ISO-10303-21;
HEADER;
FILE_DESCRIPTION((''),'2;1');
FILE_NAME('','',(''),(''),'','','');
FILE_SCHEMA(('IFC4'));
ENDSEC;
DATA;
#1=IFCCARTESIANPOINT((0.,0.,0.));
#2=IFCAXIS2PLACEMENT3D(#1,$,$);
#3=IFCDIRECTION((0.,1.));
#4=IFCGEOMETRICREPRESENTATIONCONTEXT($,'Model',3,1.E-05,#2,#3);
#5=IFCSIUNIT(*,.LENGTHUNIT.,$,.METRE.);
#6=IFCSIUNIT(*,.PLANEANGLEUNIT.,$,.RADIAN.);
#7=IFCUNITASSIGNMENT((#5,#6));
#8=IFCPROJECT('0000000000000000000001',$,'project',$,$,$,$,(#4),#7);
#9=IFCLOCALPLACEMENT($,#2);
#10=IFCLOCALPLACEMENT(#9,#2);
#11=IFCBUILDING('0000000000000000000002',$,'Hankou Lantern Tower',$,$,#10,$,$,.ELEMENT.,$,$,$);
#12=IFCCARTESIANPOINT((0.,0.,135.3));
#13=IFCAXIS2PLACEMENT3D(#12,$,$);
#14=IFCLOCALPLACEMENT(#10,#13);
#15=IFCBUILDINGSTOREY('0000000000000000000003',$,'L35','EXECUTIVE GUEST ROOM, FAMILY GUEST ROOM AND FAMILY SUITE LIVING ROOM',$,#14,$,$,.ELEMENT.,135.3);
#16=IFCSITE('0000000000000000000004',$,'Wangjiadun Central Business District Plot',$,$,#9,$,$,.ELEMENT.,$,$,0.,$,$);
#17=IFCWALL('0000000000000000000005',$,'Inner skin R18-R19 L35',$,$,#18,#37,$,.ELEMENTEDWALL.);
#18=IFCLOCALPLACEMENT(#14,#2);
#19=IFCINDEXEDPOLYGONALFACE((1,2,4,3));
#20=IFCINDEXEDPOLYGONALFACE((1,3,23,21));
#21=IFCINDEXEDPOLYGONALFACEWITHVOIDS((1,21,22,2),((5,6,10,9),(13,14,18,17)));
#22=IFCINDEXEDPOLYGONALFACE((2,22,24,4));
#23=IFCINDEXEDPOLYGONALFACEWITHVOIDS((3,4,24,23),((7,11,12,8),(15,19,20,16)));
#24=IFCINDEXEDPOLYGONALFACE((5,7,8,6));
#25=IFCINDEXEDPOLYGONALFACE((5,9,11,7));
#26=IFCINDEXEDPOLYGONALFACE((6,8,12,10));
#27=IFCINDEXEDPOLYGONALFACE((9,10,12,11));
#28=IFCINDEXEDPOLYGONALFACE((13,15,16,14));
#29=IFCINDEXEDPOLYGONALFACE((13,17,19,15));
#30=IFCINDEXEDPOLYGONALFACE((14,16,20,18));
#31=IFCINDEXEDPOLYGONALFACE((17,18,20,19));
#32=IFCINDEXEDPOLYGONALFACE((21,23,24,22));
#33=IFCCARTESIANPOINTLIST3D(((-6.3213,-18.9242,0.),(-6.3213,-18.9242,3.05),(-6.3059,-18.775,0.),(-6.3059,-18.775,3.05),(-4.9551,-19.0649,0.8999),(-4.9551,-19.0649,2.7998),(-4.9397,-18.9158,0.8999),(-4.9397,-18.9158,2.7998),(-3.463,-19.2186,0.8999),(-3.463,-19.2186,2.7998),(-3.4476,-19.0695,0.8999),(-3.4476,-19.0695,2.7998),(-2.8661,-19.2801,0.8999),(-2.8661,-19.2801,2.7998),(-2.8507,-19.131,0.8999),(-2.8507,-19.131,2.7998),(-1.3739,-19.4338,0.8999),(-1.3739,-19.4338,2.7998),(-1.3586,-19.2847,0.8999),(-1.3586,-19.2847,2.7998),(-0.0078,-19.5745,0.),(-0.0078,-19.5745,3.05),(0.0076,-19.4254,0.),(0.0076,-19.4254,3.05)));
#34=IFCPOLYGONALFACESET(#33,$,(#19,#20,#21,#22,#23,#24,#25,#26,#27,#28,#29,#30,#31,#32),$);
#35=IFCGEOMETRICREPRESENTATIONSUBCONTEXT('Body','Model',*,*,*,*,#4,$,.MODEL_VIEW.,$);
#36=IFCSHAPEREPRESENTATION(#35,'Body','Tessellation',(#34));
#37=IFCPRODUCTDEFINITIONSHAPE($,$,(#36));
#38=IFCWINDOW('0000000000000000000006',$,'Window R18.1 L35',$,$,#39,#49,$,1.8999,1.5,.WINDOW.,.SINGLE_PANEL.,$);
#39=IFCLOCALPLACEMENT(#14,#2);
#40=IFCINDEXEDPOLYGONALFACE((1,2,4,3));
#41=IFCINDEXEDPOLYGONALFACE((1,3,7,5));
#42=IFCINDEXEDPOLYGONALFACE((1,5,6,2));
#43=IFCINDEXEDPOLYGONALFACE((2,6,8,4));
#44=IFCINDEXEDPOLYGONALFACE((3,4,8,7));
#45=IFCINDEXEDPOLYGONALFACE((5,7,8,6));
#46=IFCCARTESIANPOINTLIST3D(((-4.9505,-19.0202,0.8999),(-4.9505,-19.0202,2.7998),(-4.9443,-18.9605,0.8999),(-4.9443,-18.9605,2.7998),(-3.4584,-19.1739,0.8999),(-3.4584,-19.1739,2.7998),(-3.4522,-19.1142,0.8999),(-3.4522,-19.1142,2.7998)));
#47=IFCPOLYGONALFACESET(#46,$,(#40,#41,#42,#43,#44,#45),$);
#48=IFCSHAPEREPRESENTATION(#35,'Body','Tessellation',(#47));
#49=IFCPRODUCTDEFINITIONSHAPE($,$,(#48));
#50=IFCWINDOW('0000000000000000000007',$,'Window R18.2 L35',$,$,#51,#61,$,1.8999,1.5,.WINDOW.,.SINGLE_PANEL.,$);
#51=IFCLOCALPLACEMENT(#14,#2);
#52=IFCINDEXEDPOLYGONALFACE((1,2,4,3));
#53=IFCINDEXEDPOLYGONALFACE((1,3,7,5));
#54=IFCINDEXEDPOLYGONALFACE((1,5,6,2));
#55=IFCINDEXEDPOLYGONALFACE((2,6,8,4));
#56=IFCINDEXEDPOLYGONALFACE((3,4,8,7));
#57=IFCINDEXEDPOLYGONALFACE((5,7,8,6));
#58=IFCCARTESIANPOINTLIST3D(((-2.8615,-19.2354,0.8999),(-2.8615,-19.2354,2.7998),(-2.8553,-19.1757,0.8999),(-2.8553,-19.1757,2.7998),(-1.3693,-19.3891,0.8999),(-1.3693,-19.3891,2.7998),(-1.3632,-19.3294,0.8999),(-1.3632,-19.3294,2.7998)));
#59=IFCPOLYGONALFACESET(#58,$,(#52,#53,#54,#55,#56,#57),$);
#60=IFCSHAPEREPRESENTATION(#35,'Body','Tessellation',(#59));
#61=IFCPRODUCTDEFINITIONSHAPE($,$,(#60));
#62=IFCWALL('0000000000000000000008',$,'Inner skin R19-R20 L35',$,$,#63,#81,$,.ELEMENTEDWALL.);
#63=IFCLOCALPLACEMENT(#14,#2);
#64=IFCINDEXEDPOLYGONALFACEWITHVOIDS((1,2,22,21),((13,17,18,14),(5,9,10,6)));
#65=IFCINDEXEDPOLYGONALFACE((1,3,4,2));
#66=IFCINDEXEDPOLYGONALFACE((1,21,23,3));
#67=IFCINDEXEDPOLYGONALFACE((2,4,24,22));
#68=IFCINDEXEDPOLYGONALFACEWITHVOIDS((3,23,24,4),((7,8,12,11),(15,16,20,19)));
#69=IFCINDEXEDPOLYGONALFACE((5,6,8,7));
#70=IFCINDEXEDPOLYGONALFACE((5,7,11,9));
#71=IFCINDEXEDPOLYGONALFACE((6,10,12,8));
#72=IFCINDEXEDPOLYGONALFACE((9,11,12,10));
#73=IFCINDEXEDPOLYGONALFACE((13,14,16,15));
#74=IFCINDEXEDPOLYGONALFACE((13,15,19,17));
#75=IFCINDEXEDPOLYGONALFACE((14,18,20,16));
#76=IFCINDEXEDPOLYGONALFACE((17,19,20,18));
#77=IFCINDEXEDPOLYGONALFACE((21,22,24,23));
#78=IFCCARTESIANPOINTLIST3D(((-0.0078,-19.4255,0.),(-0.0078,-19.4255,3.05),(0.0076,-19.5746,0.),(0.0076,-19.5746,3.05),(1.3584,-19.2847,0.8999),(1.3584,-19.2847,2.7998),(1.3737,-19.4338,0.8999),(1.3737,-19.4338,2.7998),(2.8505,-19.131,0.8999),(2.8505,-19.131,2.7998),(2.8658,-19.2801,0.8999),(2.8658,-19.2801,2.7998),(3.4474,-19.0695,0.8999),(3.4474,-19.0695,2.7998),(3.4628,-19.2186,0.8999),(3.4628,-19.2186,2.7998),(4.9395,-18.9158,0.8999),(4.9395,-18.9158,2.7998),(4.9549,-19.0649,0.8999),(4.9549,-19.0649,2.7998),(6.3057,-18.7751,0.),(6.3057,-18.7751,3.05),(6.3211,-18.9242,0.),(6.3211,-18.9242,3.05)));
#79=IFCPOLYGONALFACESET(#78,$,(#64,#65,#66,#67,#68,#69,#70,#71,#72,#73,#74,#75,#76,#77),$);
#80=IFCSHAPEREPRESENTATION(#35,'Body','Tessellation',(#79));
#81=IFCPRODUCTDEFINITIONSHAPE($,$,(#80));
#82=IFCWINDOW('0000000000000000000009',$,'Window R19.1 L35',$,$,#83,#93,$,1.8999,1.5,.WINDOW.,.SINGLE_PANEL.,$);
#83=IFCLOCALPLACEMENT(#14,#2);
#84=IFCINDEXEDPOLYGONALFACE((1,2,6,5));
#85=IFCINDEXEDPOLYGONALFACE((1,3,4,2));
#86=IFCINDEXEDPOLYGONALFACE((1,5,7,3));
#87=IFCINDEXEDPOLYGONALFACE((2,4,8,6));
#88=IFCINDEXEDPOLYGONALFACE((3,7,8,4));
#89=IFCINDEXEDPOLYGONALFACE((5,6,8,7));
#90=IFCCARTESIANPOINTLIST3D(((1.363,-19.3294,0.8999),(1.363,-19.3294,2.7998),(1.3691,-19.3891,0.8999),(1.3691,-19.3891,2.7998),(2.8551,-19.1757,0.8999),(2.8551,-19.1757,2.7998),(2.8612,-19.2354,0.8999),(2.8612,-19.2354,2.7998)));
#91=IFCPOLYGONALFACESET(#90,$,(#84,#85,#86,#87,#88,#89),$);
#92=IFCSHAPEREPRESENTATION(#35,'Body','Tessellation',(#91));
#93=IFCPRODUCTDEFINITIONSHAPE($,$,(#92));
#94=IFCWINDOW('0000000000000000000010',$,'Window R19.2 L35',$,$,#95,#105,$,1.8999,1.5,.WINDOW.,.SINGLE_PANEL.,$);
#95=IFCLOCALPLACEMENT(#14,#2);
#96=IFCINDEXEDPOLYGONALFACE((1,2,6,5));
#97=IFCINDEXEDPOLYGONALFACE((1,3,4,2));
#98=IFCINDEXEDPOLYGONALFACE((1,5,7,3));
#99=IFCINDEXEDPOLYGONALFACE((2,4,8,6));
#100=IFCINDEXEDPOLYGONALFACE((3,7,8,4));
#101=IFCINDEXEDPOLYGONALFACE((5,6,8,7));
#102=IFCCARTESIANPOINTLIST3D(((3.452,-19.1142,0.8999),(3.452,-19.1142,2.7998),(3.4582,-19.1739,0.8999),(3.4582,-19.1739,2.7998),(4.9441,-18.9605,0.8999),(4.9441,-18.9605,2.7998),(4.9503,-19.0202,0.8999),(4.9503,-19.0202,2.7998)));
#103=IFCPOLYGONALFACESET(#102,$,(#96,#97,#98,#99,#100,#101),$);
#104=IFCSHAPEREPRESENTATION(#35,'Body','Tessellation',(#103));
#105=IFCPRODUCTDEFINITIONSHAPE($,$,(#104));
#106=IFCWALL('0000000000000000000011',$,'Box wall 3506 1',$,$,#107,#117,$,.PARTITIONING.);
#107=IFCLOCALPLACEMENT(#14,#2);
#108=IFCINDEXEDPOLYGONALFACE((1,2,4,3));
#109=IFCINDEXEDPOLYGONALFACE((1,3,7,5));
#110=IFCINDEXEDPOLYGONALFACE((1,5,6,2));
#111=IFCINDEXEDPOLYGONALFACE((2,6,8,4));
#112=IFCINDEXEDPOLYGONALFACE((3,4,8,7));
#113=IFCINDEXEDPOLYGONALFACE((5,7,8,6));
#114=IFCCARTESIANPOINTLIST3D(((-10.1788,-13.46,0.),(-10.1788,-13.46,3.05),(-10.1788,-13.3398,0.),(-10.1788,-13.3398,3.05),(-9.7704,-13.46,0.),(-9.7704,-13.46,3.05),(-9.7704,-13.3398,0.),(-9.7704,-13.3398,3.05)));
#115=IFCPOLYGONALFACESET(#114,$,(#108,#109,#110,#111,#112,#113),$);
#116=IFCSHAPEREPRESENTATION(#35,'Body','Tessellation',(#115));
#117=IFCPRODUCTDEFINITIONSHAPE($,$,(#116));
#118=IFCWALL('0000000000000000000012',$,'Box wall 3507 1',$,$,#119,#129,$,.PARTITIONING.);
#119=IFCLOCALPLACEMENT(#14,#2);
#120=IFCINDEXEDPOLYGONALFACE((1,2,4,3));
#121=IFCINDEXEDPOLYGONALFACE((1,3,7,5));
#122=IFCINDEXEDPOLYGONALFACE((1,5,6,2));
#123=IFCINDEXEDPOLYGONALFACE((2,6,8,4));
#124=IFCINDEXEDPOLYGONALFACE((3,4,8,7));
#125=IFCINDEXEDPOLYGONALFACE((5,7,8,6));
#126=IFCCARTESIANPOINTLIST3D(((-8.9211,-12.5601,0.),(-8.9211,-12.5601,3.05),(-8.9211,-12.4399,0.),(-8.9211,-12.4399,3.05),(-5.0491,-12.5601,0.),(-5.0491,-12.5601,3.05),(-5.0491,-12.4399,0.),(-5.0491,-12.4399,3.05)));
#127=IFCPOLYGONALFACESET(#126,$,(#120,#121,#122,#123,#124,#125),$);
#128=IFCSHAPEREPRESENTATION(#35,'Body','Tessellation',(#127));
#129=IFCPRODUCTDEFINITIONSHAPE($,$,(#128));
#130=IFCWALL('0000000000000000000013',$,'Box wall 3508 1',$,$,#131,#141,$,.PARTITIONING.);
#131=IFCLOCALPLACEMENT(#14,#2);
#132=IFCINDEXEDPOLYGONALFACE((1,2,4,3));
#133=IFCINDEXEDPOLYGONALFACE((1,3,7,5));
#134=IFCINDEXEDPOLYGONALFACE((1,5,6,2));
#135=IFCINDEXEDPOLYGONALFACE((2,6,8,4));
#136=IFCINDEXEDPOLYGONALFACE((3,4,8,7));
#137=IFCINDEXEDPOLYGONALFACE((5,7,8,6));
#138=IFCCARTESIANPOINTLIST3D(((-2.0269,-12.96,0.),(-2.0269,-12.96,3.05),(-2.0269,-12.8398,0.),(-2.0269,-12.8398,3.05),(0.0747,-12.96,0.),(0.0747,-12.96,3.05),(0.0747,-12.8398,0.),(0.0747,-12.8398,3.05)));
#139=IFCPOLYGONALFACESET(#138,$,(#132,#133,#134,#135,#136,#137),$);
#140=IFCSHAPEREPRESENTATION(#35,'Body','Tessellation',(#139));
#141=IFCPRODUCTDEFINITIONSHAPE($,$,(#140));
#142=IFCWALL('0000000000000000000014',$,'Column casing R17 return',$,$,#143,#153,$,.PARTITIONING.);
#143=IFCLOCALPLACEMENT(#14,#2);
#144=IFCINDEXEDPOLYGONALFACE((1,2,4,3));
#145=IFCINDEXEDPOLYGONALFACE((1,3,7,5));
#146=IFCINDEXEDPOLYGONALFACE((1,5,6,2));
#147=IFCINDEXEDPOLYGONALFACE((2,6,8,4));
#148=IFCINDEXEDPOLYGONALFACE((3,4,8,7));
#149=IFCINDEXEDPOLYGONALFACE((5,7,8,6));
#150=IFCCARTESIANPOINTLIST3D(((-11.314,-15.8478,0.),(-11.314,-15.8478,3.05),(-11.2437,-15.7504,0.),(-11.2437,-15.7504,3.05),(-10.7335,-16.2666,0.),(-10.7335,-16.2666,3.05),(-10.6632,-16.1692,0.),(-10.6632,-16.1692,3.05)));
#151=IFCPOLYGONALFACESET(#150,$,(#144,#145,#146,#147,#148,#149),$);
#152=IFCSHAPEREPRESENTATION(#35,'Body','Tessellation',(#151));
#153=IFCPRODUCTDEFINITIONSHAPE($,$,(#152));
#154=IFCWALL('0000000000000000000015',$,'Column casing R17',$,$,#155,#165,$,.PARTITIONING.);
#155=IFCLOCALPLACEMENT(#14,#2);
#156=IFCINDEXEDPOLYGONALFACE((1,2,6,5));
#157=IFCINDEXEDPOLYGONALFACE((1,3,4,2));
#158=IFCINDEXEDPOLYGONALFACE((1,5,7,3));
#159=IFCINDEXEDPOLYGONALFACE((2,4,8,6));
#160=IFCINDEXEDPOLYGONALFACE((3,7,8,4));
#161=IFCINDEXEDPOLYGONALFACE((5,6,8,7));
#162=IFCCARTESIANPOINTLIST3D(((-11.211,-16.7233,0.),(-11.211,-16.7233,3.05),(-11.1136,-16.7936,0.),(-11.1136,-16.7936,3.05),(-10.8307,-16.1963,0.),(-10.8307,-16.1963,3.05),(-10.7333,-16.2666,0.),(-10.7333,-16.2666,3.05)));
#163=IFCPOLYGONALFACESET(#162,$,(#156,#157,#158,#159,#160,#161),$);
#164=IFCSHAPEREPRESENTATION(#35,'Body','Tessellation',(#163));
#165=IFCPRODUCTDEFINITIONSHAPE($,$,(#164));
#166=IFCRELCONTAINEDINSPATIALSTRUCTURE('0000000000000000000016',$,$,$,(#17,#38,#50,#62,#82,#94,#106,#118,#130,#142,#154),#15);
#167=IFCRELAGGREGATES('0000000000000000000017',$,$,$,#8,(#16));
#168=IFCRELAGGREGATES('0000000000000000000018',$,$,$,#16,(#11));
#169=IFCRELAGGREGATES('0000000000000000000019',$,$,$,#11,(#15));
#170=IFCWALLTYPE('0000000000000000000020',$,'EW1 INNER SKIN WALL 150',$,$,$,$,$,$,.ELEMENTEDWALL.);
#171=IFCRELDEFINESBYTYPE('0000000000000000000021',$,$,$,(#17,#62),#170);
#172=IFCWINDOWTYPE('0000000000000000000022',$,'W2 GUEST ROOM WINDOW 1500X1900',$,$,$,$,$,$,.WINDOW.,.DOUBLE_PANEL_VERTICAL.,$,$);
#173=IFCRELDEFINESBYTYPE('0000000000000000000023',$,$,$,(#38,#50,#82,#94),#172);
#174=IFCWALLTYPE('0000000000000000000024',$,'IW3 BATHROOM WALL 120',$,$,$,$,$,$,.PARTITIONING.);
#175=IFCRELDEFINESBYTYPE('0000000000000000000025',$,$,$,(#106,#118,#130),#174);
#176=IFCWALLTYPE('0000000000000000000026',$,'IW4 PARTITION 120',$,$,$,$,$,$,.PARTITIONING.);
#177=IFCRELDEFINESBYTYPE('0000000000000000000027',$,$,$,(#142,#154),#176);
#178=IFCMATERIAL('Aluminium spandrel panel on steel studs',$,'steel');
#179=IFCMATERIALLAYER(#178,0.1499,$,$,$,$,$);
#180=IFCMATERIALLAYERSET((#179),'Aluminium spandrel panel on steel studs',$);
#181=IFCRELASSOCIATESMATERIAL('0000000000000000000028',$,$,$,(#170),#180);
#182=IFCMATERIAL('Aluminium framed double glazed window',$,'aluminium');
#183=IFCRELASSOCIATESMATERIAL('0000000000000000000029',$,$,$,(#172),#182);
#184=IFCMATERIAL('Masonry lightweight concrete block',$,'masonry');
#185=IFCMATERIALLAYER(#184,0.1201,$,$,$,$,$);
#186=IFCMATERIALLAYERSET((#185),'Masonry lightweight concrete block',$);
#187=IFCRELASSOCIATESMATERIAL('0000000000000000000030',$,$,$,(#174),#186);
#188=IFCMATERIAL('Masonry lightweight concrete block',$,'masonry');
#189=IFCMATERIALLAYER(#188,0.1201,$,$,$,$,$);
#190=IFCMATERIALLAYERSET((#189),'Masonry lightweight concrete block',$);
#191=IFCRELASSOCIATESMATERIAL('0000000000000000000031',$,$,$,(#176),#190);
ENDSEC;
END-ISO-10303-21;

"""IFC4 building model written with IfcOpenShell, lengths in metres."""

from ifc_helpers import new_model, si_unit, direction, frame, frame_2d, origin, place, context, subcontext, project, spatial, rectangle, extrude, material, layer, layer_set, type_object, element, fill, save


model = new_model("IFC4")

# Units and contexts
model_context = context("Model", 3, precision=1e-05, world=origin(), true_north=direction((0.0, 1.0)))
body_context = subcontext(model_context, "Body", "Model", "MODEL_VIEW")
ifc_project = project(units=[si_unit("LENGTHUNIT", "METRE"), si_unit("PLANEANGLEUNIT", "RADIAN")], contexts=[model_context])

# Site, building, storey
site_placement = place(None, origin())
site = spatial("IfcSite", under=ifc_project, at=site_placement, Name="Wangjiadun Central Business District Plot", CompositionType="ELEMENT", RefElevation=0.0)
building_placement = place(site_placement, origin())
building = spatial("IfcBuilding", under=site, at=building_placement, Name="Hankou Lantern Tower", CompositionType="ELEMENT")
storey_placement = place(building_placement, frame((0.0, 0.0, 135.3)))
storey = spatial("IfcBuildingStorey", under=building, at=storey_placement, Name="L35", Description="EXECUTIVE GUEST ROOM, FAMILY GUEST ROOM AND FAMILY SUITE LIVING ROOM", CompositionType="ELEMENT", Elevation=135.3)

# Walls, openings, windows
ifc_material_1 = material(Name="Aluminium spandrel panel on steel studs", Category="steel")
ifc_layer_1 = layer(ifc_material_1, 0.1499)
ifc_layer_set_1 = layer_set([ifc_layer_1], Name="Aluminium spandrel panel on steel studs")
wall_type_1 = type_object("IfcWallType", Name="EW1 INNER SKIN WALL 150", PredefinedType="ELEMENTEDWALL", material=ifc_layer_set_1)
wall_1_placement = place(storey_placement, frame((-6.3135, -18.8496, 0.0), z_axis=(0.0, 0.0, 1.0), x_axis=(0.994736, -0.102474, 0.0)))
wall_1 = element("IfcWall", 1, at=wall_1_placement, inside=storey, type_object=wall_type_1, Name="Inner skin R18-R19 L35", PredefinedType="ELEMENTEDWALL", context=body_context, shape_type="SweptSolid", body=[
    extrude(rectangle(XDim=6.3469, YDim=0.1499, at=frame_2d((3.1733, 0.0))), origin(), (0.0, 0.0, 1.0), 3.05),
])
opening_1_placement = place(wall_1_placement, frame((1.3733, 0.0, 0.8999)))
opening_1 = element("IfcOpeningElement", 2, at=opening_1_placement, cuts=wall_1, PredefinedType="OPENING", context=body_context, shape_type="SweptSolid", body=[
    extrude(rectangle(XDim=1.5, YDim=1.8999, at=frame_2d((0.75, 0.95))), frame((0.0, 0.085, 0.0), z_axis=(0.0, -1.0, 0.0), x_axis=(1.0, 0.0, 0.0)), (0.0, 0.0, 1.0), 0.1699),
])
opening_2_placement = place(wall_1_placement, frame((3.4734, 0.0, 0.8999)))
opening_2 = element("IfcOpeningElement", 3, at=opening_2_placement, cuts=wall_1, PredefinedType="OPENING", context=body_context, shape_type="SweptSolid", body=[
    extrude(rectangle(XDim=1.5, YDim=1.8999, at=frame_2d((0.75, 0.95))), frame((0.0, 0.085, 0.0), z_axis=(0.0, -1.0, 0.0), x_axis=(1.0, 0.0, 0.0)), (0.0, 0.0, 1.0), 0.1699),
])
ifc_material_2 = material(Name="Aluminium framed double glazed window", Category="aluminium")
window_type = type_object("IfcWindowType", Name="W2 GUEST ROOM WINDOW 1500X1900", PartitioningType="DOUBLE_PANEL_VERTICAL", PredefinedType="WINDOW", material=ifc_material_2)
window_1_placement = place(opening_1_placement, origin())
window_1 = element("IfcWindow", 4, at=window_1_placement, inside=storey, type_object=window_type, Name="Window R18.1 L35", OverallHeight=1.8999, OverallWidth=1.5, PartitioningType="SINGLE_PANEL", PredefinedType="WINDOW", context=body_context, shape_type="SweptSolid", body=[
    extrude(rectangle(XDim=1.5, YDim=1.8999, at=frame_2d((0.75, 0.95))), frame((0.0, 0.03, 0.0), z_axis=(0.0, -1.0, 0.0), x_axis=(1.0, 0.0, 0.0)), (0.0, 0.0, 1.0), 0.0601),
])
fill(opening_1, window_1)
window_2_placement = place(opening_2_placement, origin())
window_2 = element("IfcWindow", 5, at=window_2_placement, inside=storey, type_object=window_type, Name="Window R18.2 L35", OverallHeight=1.8999, OverallWidth=1.5, PartitioningType="SINGLE_PANEL", PredefinedType="WINDOW", context=body_context, shape_type="SweptSolid", body=[
    extrude(rectangle(XDim=1.5, YDim=1.8999, at=frame_2d((0.75, 0.95))), frame((0.0, 0.03, 0.0), z_axis=(0.0, -1.0, 0.0), x_axis=(1.0, 0.0, 0.0)), (0.0, 0.0, 1.0), 0.0601),
])
fill(opening_2, window_2)
wall_2_placement = place(storey_placement, frame((0.0, -19.5, 0.0), z_axis=(0.0, 0.0, 1.0), x_axis=(0.994736, 0.102474, 0.0)))
wall_2 = element("IfcWall", 6, at=wall_2_placement, inside=storey, type_object=wall_type_1, Name="Inner skin R19-R20 L35", PredefinedType="ELEMENTEDWALL", context=body_context, shape_type="SweptSolid", body=[
    extrude(rectangle(XDim=6.3469, YDim=0.1499, at=frame_2d((3.1733, 0.0))), origin(), (0.0, 0.0, 1.0), 3.05),
])
opening_3_placement = place(wall_2_placement, frame((1.3733, 0.0, 0.8999)))
opening_3 = element("IfcOpeningElement", 7, at=opening_3_placement, cuts=wall_2, PredefinedType="OPENING", context=body_context, shape_type="SweptSolid", body=[
    extrude(rectangle(XDim=1.5, YDim=1.8999, at=frame_2d((0.75, 0.95))), frame((0.0, 0.085, 0.0), z_axis=(0.0, -1.0, 0.0), x_axis=(1.0, 0.0, 0.0)), (0.0, 0.0, 1.0), 0.1699),
])
opening_4_placement = place(wall_2_placement, frame((3.4734, 0.0, 0.8999)))
opening_4 = element("IfcOpeningElement", 8, at=opening_4_placement, cuts=wall_2, PredefinedType="OPENING", context=body_context, shape_type="SweptSolid", body=[
    extrude(rectangle(XDim=1.5, YDim=1.8999, at=frame_2d((0.75, 0.95))), frame((0.0, 0.085, 0.0), z_axis=(0.0, -1.0, 0.0), x_axis=(1.0, 0.0, 0.0)), (0.0, 0.0, 1.0), 0.1699),
])
window_3_placement = place(opening_3_placement, origin())
window_3 = element("IfcWindow", 9, at=window_3_placement, inside=storey, type_object=window_type, Name="Window R19.1 L35", OverallHeight=1.8999, OverallWidth=1.5, PartitioningType="SINGLE_PANEL", PredefinedType="WINDOW", context=body_context, shape_type="SweptSolid", body=[
    extrude(rectangle(XDim=1.5, YDim=1.8999, at=frame_2d((0.75, 0.95))), frame((0.0, 0.03, 0.0), z_axis=(0.0, -1.0, 0.0), x_axis=(1.0, 0.0, 0.0)), (0.0, 0.0, 1.0), 0.0601),
])
fill(opening_3, window_3)
window_4_placement = place(opening_4_placement, origin())
window_4 = element("IfcWindow", 10, at=window_4_placement, inside=storey, type_object=window_type, Name="Window R19.2 L35", OverallHeight=1.8999, OverallWidth=1.5, PartitioningType="SINGLE_PANEL", PredefinedType="WINDOW", context=body_context, shape_type="SweptSolid", body=[
    extrude(rectangle(XDim=1.5, YDim=1.8999, at=frame_2d((0.75, 0.95))), frame((0.0, 0.03, 0.0), z_axis=(0.0, -1.0, 0.0), x_axis=(1.0, 0.0, 0.0)), (0.0, 0.0, 1.0), 0.0601),
])
fill(opening_4, window_4)

# Walls
ifc_material_3 = material(Name="Masonry lightweight concrete block", Category="masonry")
ifc_layer_2 = layer(ifc_material_3, 0.1201)
ifc_layer_set_2 = layer_set([ifc_layer_2], Name="Masonry lightweight concrete block")
wall_type_2 = type_object("IfcWallType", Name="IW3 BATHROOM WALL 120", PredefinedType="PARTITIONING", material=ifc_layer_set_2)
wall_3_placement = place(storey_placement, frame((-9.7705, -13.3999, 0.0), z_axis=(0.0, 0.0, 1.0), x_axis=(-1.0, 0.0, 0.0)))
element("IfcWall", 11, at=wall_3_placement, inside=storey, type_object=wall_type_2, Name="Box wall 3506 1", PredefinedType="PARTITIONING", context=body_context, shape_type="SweptSolid", body=[
    extrude(rectangle(XDim=0.4084, YDim=0.1201, at=frame_2d((0.2041, 0.0))), origin(), (0.0, 0.0, 1.0), 3.05),
])
wall_4_placement = place(storey_placement, frame((-8.9211, -12.5, 0.0), z_axis=(0.0, 0.0, 1.0), x_axis=(1.0, 0.0, 0.0)))
element("IfcWall", 12, at=wall_4_placement, inside=storey, type_object=wall_type_2, Name="Box wall 3507 1", PredefinedType="PARTITIONING", context=body_context, shape_type="SweptSolid", body=[
    extrude(rectangle(XDim=3.8721, YDim=0.1201, at=frame_2d((1.936, 0.0))), origin(), (0.0, 0.0, 1.0), 3.05),
])
wall_5_placement = place(storey_placement, frame((-2.0269, -12.8999, 0.0), z_axis=(0.0, 0.0, 1.0), x_axis=(1.0, 0.0, 0.0)))
element("IfcWall", 13, at=wall_5_placement, inside=storey, type_object=wall_type_2, Name="Box wall 3508 1", PredefinedType="PARTITIONING", context=body_context, shape_type="SweptSolid", body=[
    extrude(rectangle(XDim=2.1016, YDim=0.1201, at=frame_2d((1.0508, 0.0))), origin(), (0.0, 0.0, 1.0), 3.05),
])
ifc_material_4 = material(Name="Masonry lightweight concrete block", Category="masonry")
ifc_layer_3 = layer(ifc_material_4, 0.1201)
ifc_layer_set_3 = layer_set([ifc_layer_3], Name="Masonry lightweight concrete block")
wall_type_3 = type_object("IfcWallType", Name="IW4 PARTITION 120", PredefinedType="PARTITIONING", material=ifc_layer_set_3)
wall_6_placement = place(storey_placement, frame((-11.2788, -15.7991, 0.0), z_axis=(0.0, 0.0, 1.0), x_axis=(0.810913, -0.585167, 0.0)))
element("IfcWall", 14, at=wall_6_placement, inside=storey, type_object=wall_type_3, Name="Column casing R17 return", PredefinedType="PARTITIONING", context=body_context, shape_type="SweptSolid", body=[
    extrude(rectangle(XDim=0.7158, YDim=0.1201, at=frame_2d((0.3579, 0.0))), origin(), (0.0, 0.0, 1.0), 3.05),
])
wall_7_placement = place(storey_placement, frame((-10.782, -16.2314, 0.0), z_axis=(0.0, 0.0, 1.0), x_axis=(-0.585175, -0.810907, 0.0)))
element("IfcWall", 15, at=wall_7_placement, inside=storey, type_object=wall_type_3, Name="Column casing R17", PredefinedType="PARTITIONING", context=body_context, shape_type="SweptSolid", body=[
    extrude(rectangle(XDim=0.6499, YDim=0.1201, at=frame_2d((0.325, 0.0))), origin(), (0.0, 0.0, 1.0), 3.05),
])

save(model, "model.ifc")
